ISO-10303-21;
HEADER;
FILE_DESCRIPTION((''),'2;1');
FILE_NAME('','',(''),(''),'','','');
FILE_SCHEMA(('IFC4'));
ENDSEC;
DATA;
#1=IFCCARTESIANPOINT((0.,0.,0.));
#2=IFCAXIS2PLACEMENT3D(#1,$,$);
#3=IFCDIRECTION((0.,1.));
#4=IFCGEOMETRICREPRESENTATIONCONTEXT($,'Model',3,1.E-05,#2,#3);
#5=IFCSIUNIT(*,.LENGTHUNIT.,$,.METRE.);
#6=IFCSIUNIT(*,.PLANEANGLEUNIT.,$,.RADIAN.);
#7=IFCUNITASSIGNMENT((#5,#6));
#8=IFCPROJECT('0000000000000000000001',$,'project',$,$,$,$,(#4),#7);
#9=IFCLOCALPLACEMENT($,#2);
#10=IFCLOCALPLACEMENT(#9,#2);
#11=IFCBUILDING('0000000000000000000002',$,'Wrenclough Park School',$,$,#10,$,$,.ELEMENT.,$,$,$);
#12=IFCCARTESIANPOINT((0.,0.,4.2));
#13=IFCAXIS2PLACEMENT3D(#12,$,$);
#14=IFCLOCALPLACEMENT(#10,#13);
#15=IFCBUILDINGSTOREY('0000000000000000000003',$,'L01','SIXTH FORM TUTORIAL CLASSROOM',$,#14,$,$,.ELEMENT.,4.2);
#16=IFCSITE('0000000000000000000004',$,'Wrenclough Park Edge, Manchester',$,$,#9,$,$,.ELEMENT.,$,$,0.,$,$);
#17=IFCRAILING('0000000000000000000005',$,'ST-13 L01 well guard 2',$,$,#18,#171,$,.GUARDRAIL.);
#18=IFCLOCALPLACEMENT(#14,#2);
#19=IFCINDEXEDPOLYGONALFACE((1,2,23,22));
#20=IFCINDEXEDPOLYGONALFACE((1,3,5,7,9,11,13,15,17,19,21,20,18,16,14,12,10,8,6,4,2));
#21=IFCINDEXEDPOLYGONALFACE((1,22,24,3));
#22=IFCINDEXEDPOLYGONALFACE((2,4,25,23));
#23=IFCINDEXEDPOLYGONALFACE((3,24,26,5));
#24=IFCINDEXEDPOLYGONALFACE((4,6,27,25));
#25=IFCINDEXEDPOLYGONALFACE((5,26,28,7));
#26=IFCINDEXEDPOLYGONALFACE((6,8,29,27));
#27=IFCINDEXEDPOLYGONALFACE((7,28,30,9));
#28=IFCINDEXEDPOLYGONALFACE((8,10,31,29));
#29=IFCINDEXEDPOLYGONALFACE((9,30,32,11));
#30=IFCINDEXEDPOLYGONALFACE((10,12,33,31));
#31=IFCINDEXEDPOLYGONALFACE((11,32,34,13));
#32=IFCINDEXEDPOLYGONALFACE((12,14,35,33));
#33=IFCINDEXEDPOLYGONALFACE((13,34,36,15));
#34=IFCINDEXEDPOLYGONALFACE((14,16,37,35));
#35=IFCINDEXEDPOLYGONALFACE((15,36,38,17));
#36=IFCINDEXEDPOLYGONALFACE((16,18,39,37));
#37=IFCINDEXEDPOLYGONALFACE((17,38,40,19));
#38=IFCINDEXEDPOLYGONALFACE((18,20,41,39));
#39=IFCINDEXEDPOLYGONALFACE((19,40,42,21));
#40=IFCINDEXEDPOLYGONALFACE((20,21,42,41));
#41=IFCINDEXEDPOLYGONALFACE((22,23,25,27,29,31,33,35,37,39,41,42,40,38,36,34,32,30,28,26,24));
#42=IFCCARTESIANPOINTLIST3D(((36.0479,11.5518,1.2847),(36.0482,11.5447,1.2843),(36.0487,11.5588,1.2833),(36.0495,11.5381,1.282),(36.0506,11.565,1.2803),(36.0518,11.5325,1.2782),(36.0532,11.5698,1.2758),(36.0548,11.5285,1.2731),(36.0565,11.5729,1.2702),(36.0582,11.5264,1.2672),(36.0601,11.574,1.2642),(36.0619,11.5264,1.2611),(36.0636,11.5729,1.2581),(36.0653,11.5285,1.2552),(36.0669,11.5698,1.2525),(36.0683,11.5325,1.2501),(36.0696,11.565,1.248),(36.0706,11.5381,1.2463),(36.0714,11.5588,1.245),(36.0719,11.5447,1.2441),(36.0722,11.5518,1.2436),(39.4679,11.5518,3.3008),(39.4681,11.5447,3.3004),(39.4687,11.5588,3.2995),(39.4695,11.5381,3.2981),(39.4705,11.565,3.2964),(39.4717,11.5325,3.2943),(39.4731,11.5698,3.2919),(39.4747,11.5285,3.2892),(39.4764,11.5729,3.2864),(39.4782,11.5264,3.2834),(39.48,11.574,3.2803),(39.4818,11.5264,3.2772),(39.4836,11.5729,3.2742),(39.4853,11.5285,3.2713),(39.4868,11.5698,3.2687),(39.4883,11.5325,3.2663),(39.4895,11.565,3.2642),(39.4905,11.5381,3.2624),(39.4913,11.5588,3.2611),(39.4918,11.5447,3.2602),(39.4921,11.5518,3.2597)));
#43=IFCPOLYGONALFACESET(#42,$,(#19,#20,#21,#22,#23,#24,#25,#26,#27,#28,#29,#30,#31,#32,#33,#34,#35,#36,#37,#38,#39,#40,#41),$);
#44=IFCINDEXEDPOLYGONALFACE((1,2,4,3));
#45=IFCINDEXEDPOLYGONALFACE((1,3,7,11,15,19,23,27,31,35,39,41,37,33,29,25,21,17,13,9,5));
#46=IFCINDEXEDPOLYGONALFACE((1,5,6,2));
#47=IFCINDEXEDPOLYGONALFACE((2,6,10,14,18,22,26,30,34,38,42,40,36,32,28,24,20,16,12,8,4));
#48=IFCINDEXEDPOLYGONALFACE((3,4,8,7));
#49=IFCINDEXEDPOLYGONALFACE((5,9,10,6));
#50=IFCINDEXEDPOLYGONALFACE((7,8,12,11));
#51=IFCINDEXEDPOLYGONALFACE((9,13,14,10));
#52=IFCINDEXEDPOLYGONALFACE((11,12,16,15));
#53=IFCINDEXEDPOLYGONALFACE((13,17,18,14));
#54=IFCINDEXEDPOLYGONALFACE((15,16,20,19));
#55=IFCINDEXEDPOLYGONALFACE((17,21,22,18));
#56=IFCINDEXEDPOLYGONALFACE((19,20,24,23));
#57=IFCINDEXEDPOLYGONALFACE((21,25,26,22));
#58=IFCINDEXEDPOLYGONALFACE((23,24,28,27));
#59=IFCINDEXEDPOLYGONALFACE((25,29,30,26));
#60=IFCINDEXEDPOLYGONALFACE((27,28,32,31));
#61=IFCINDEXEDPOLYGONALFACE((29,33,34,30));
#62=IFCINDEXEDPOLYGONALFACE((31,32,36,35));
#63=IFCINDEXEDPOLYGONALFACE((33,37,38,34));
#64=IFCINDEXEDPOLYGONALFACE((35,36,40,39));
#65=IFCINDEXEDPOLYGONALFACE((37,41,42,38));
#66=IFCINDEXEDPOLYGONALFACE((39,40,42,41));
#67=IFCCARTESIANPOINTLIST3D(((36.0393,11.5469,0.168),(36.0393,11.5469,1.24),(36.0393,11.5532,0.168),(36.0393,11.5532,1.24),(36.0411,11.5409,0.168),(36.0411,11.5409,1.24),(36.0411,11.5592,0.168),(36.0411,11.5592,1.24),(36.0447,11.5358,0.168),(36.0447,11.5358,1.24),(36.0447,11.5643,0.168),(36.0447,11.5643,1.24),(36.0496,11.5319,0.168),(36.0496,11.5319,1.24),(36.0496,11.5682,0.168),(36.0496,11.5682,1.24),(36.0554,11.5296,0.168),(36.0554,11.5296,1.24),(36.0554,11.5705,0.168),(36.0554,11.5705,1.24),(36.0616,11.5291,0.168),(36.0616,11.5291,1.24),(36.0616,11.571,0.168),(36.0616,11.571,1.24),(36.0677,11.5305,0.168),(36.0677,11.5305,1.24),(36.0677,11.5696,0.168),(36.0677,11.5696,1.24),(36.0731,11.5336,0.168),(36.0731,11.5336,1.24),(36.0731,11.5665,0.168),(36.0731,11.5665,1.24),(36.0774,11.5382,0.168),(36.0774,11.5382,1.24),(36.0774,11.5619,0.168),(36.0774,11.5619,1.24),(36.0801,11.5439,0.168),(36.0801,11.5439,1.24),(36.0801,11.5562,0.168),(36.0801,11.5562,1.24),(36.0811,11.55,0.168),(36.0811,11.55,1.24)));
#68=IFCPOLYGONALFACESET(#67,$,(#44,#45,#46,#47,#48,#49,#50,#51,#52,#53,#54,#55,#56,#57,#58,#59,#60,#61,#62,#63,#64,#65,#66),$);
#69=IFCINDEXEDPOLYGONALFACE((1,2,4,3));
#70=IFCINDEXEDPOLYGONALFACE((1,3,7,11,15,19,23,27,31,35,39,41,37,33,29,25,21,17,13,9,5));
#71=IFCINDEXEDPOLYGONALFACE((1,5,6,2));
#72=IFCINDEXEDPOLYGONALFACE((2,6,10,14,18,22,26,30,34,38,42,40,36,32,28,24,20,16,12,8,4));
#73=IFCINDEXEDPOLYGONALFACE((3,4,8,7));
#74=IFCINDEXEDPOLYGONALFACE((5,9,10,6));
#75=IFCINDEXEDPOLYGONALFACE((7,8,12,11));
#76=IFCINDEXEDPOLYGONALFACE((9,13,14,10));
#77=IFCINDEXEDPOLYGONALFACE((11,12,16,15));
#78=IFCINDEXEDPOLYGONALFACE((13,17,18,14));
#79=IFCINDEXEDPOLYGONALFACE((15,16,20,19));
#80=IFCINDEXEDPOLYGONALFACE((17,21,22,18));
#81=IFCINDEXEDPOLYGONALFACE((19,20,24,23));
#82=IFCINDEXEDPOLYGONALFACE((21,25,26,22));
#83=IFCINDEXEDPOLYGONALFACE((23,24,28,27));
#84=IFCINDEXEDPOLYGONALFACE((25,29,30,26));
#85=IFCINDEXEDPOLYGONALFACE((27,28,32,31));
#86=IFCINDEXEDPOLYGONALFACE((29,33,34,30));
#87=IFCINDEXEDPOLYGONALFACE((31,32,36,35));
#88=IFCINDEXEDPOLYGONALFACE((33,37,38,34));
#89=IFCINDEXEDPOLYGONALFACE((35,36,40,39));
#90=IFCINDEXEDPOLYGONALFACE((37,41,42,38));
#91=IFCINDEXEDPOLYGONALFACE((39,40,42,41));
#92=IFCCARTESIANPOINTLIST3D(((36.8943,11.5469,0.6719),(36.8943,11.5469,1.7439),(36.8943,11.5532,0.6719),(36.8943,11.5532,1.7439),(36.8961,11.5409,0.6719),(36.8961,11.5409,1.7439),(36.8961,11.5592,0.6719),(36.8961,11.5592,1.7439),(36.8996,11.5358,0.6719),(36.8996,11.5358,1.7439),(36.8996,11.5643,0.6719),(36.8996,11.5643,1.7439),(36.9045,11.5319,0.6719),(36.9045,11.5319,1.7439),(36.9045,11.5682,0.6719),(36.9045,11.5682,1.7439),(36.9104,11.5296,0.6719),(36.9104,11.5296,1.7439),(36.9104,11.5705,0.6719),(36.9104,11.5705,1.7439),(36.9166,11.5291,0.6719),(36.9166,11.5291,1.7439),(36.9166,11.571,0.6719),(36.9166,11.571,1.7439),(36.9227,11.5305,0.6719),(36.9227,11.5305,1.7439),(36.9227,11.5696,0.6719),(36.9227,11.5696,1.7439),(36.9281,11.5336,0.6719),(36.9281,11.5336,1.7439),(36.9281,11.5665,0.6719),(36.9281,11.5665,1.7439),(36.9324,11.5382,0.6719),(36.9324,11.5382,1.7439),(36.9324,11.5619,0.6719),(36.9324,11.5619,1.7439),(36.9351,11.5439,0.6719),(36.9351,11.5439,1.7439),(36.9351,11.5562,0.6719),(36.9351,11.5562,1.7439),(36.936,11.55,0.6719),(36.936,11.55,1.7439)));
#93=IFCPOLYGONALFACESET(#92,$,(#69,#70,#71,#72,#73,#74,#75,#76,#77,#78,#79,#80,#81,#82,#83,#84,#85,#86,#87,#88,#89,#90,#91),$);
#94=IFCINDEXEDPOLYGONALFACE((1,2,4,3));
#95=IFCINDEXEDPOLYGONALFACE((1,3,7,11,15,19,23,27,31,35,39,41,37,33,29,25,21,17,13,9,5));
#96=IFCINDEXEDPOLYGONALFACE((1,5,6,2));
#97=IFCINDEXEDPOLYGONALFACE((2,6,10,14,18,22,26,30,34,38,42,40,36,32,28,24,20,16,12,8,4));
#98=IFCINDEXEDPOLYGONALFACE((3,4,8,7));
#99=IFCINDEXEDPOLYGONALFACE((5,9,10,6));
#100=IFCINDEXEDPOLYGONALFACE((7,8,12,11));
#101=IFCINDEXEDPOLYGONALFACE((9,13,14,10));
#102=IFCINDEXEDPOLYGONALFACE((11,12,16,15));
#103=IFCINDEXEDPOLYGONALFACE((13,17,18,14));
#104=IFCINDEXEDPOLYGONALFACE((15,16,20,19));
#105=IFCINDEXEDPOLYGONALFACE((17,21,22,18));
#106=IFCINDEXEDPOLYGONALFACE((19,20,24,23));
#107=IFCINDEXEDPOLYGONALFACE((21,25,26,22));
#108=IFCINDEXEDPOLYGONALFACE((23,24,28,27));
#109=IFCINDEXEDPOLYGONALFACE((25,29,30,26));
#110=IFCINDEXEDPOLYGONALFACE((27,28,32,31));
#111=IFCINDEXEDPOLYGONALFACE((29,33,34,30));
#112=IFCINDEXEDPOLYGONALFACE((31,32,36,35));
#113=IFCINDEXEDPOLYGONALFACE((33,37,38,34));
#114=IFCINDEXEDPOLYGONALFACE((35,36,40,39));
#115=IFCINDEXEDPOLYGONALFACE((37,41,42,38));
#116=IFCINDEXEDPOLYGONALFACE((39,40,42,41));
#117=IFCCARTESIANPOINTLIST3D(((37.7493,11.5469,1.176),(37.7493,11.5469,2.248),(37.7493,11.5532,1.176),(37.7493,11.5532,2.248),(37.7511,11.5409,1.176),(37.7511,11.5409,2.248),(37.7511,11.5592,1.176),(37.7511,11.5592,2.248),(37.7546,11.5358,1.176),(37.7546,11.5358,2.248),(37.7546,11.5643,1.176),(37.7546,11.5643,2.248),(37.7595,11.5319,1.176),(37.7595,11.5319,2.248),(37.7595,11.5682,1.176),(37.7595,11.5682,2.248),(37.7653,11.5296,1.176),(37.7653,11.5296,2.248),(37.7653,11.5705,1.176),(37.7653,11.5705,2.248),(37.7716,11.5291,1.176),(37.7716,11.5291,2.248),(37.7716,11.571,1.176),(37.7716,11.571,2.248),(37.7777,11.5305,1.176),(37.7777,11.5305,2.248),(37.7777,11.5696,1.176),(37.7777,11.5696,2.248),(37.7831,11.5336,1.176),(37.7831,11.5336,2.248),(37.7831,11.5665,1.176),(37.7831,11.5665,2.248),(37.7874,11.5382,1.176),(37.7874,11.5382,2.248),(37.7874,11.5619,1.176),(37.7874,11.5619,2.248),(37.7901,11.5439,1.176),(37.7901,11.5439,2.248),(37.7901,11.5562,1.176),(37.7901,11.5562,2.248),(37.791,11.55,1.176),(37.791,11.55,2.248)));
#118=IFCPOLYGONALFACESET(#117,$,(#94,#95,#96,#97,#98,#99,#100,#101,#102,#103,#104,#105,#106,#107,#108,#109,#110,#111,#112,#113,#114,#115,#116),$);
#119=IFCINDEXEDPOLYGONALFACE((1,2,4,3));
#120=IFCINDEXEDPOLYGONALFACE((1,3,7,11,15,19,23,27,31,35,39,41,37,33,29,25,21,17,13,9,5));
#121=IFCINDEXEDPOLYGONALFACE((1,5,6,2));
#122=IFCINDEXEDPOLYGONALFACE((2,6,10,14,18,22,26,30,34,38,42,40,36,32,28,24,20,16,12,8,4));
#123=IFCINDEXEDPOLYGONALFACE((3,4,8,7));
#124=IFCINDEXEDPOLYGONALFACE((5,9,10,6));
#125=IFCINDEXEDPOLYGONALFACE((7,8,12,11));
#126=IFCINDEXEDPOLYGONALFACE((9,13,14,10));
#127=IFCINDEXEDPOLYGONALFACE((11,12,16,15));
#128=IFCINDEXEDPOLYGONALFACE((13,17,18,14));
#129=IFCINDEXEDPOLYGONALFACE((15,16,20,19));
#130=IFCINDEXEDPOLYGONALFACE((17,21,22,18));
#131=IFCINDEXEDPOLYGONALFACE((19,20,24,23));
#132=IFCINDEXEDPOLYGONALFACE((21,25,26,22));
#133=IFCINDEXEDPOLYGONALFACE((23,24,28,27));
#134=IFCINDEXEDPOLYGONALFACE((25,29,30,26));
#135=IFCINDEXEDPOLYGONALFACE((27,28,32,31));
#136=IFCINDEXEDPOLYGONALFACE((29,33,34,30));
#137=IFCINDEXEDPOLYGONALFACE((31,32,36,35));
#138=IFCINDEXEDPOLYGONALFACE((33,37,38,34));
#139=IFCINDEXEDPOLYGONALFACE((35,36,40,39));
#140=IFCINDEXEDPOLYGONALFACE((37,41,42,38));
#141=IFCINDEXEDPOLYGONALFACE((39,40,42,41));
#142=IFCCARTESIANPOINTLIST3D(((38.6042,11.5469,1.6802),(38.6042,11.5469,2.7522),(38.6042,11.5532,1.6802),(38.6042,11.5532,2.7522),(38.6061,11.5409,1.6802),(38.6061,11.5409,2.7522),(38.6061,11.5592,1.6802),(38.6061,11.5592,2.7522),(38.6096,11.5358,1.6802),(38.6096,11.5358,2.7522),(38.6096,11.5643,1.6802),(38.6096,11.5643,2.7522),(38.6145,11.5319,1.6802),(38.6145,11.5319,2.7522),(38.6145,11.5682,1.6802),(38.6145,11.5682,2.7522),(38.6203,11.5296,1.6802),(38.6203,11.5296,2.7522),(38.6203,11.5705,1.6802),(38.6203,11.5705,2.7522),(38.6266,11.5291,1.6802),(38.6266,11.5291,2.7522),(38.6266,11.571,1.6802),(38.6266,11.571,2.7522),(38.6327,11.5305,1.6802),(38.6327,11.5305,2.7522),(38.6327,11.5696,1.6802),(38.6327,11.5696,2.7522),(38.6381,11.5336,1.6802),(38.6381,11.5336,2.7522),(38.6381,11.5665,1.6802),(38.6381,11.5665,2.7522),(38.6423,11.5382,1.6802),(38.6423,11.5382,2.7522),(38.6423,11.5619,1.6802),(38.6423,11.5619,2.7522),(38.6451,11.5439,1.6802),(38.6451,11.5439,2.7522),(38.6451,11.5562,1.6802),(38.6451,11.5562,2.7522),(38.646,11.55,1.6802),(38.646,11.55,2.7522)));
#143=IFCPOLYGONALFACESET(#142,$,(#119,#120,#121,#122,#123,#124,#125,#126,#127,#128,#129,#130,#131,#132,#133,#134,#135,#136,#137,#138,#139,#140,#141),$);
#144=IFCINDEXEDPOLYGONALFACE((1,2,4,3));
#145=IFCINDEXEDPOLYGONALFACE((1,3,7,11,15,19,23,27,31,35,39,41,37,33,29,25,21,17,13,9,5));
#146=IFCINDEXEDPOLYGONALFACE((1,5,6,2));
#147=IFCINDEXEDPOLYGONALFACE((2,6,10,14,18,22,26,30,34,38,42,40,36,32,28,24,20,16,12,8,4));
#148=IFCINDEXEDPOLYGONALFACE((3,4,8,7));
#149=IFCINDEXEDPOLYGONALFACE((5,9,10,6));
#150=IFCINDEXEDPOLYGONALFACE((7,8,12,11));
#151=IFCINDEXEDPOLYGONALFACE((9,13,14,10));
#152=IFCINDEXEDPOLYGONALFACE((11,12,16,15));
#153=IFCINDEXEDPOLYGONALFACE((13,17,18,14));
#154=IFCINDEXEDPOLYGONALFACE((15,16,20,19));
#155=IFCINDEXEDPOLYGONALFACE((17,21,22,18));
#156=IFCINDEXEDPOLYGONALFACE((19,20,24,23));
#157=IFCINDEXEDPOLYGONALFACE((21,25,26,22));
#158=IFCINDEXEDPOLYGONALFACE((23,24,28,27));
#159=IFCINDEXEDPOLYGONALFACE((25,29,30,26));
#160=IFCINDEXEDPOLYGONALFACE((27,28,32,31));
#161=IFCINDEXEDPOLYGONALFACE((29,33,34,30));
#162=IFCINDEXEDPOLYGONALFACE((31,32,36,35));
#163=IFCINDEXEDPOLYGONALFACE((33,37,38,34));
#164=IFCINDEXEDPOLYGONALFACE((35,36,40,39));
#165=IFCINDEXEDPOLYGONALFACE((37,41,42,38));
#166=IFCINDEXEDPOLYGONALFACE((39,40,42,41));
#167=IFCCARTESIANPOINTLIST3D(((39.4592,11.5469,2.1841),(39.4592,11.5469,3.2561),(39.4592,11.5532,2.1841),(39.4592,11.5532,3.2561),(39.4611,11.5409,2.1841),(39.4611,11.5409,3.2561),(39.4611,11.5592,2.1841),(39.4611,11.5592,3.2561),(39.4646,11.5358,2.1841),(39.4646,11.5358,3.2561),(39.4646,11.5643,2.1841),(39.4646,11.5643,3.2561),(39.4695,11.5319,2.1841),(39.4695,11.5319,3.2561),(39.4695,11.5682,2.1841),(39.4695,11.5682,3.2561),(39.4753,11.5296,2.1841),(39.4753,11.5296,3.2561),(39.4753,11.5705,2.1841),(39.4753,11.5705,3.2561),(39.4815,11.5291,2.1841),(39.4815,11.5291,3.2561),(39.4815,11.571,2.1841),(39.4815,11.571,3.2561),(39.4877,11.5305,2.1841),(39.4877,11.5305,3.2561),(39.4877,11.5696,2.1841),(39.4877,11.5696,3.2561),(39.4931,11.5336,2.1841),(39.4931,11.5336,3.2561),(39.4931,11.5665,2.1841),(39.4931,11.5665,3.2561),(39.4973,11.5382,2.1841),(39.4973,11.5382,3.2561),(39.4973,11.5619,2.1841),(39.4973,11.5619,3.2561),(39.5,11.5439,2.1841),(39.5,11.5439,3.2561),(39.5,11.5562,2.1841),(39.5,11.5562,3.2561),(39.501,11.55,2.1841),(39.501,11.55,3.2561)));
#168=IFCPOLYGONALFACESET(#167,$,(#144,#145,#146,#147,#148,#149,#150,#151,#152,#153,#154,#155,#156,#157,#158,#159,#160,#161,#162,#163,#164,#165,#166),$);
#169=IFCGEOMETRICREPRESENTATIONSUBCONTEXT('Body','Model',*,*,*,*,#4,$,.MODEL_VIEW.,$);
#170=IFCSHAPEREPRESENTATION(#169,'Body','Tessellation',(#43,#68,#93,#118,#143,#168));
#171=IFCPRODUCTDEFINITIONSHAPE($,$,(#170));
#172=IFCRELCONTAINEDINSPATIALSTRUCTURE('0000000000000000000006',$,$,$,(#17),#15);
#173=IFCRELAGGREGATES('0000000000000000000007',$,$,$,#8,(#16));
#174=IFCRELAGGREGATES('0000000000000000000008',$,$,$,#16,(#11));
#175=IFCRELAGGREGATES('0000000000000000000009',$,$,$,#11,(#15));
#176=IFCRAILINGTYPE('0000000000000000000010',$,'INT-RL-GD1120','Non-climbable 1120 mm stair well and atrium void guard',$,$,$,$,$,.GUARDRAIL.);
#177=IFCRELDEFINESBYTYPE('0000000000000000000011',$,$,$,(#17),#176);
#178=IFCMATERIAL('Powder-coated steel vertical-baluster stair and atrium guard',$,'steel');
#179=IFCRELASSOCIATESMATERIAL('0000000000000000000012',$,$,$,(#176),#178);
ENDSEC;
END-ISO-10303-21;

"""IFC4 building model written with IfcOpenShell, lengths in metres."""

from ifc_helpers import new_model, si_unit, direction, frame, origin, origin_2d, place, context, subcontext, project, spatial, circle, extrude, material, type_object, element, save


model = new_model("IFC4")

# Units and contexts
model_context = context("Model", 3, precision=1e-05, world=origin(), true_north=direction((0.0, 1.0)))
body_context = subcontext(model_context, "Body", "Model", "MODEL_VIEW")
ifc_project = project(units=[si_unit("LENGTHUNIT", "METRE"), si_unit("PLANEANGLEUNIT", "RADIAN")], contexts=[model_context])

# Site, building, storey
site_placement = place(None, origin())
site = spatial("IfcSite", under=ifc_project, at=site_placement, Name="Wrenclough Park Edge, Manchester", CompositionType="ELEMENT", RefElevation=0.0)
building_placement = place(site_placement, origin())
building = spatial("IfcBuilding", under=site, at=building_placement, Name="Wrenclough Park School", CompositionType="ELEMENT")
storey_placement = place(building_placement, frame((0.0, 0.0, 4.2)))
storey = spatial("IfcBuildingStorey", under=building, at=storey_placement, Name="L01", Description="SIXTH FORM TUTORIAL CLASSROOM", CompositionType="ELEMENT", Elevation=4.2)

# Railing
ifc_material_1 = material(Name="Powder-coated steel vertical-baluster stair and atrium guard", Category="steel")
railing_type_1 = type_object("IfcRailingType", Name="INT-RL-GD1120", Description="Non-climbable 1120 mm stair well and atrium void guard", PredefinedType="GUARDRAIL", material=ifc_material_1)
railing_1_placement = place(storey_placement, frame((36.0601, 11.55, 0.168)))
element("IfcRailing", 1, at=railing_1_placement, inside=storey, type_object=railing_type_1, Name="ST-13 L01 well guard 2", PredefinedType="GUARDRAIL", context=body_context, shape_type="SweptSolid", body=[
    extrude(circle(Radius=0.0239, at=origin_2d()), frame((0.0, 0.0, 1.0962), z_axis=(0.86145, 0.0, 0.507842), x_axis=(0.0, 1.0, 0.0)), (0.0, 0.0, 1.0), 3.97),
    extrude(circle(Radius=0.021, at=origin_2d()), origin(), (0.0, 0.0, 1.0), 1.072),
    extrude(circle(Radius=0.021, at=origin_2d()), frame((0.855, 0.0, 0.5039)), (0.0, 0.0, 1.0), 1.072),
    extrude(circle(Radius=0.021, at=origin_2d()), frame((1.71, 0.0, 1.0081)), (0.0, 0.0, 1.0), 1.072),
    extrude(circle(Radius=0.021, at=origin_2d()), frame((2.5649, 0.0, 1.5122)), (0.0, 0.0, 1.0), 1.072),
    extrude(circle(Radius=0.021, at=origin_2d()), frame((3.4199, 0.0, 2.0161)), (0.0, 0.0, 1.0), 1.072),
])

save(model, "model.ifc")
